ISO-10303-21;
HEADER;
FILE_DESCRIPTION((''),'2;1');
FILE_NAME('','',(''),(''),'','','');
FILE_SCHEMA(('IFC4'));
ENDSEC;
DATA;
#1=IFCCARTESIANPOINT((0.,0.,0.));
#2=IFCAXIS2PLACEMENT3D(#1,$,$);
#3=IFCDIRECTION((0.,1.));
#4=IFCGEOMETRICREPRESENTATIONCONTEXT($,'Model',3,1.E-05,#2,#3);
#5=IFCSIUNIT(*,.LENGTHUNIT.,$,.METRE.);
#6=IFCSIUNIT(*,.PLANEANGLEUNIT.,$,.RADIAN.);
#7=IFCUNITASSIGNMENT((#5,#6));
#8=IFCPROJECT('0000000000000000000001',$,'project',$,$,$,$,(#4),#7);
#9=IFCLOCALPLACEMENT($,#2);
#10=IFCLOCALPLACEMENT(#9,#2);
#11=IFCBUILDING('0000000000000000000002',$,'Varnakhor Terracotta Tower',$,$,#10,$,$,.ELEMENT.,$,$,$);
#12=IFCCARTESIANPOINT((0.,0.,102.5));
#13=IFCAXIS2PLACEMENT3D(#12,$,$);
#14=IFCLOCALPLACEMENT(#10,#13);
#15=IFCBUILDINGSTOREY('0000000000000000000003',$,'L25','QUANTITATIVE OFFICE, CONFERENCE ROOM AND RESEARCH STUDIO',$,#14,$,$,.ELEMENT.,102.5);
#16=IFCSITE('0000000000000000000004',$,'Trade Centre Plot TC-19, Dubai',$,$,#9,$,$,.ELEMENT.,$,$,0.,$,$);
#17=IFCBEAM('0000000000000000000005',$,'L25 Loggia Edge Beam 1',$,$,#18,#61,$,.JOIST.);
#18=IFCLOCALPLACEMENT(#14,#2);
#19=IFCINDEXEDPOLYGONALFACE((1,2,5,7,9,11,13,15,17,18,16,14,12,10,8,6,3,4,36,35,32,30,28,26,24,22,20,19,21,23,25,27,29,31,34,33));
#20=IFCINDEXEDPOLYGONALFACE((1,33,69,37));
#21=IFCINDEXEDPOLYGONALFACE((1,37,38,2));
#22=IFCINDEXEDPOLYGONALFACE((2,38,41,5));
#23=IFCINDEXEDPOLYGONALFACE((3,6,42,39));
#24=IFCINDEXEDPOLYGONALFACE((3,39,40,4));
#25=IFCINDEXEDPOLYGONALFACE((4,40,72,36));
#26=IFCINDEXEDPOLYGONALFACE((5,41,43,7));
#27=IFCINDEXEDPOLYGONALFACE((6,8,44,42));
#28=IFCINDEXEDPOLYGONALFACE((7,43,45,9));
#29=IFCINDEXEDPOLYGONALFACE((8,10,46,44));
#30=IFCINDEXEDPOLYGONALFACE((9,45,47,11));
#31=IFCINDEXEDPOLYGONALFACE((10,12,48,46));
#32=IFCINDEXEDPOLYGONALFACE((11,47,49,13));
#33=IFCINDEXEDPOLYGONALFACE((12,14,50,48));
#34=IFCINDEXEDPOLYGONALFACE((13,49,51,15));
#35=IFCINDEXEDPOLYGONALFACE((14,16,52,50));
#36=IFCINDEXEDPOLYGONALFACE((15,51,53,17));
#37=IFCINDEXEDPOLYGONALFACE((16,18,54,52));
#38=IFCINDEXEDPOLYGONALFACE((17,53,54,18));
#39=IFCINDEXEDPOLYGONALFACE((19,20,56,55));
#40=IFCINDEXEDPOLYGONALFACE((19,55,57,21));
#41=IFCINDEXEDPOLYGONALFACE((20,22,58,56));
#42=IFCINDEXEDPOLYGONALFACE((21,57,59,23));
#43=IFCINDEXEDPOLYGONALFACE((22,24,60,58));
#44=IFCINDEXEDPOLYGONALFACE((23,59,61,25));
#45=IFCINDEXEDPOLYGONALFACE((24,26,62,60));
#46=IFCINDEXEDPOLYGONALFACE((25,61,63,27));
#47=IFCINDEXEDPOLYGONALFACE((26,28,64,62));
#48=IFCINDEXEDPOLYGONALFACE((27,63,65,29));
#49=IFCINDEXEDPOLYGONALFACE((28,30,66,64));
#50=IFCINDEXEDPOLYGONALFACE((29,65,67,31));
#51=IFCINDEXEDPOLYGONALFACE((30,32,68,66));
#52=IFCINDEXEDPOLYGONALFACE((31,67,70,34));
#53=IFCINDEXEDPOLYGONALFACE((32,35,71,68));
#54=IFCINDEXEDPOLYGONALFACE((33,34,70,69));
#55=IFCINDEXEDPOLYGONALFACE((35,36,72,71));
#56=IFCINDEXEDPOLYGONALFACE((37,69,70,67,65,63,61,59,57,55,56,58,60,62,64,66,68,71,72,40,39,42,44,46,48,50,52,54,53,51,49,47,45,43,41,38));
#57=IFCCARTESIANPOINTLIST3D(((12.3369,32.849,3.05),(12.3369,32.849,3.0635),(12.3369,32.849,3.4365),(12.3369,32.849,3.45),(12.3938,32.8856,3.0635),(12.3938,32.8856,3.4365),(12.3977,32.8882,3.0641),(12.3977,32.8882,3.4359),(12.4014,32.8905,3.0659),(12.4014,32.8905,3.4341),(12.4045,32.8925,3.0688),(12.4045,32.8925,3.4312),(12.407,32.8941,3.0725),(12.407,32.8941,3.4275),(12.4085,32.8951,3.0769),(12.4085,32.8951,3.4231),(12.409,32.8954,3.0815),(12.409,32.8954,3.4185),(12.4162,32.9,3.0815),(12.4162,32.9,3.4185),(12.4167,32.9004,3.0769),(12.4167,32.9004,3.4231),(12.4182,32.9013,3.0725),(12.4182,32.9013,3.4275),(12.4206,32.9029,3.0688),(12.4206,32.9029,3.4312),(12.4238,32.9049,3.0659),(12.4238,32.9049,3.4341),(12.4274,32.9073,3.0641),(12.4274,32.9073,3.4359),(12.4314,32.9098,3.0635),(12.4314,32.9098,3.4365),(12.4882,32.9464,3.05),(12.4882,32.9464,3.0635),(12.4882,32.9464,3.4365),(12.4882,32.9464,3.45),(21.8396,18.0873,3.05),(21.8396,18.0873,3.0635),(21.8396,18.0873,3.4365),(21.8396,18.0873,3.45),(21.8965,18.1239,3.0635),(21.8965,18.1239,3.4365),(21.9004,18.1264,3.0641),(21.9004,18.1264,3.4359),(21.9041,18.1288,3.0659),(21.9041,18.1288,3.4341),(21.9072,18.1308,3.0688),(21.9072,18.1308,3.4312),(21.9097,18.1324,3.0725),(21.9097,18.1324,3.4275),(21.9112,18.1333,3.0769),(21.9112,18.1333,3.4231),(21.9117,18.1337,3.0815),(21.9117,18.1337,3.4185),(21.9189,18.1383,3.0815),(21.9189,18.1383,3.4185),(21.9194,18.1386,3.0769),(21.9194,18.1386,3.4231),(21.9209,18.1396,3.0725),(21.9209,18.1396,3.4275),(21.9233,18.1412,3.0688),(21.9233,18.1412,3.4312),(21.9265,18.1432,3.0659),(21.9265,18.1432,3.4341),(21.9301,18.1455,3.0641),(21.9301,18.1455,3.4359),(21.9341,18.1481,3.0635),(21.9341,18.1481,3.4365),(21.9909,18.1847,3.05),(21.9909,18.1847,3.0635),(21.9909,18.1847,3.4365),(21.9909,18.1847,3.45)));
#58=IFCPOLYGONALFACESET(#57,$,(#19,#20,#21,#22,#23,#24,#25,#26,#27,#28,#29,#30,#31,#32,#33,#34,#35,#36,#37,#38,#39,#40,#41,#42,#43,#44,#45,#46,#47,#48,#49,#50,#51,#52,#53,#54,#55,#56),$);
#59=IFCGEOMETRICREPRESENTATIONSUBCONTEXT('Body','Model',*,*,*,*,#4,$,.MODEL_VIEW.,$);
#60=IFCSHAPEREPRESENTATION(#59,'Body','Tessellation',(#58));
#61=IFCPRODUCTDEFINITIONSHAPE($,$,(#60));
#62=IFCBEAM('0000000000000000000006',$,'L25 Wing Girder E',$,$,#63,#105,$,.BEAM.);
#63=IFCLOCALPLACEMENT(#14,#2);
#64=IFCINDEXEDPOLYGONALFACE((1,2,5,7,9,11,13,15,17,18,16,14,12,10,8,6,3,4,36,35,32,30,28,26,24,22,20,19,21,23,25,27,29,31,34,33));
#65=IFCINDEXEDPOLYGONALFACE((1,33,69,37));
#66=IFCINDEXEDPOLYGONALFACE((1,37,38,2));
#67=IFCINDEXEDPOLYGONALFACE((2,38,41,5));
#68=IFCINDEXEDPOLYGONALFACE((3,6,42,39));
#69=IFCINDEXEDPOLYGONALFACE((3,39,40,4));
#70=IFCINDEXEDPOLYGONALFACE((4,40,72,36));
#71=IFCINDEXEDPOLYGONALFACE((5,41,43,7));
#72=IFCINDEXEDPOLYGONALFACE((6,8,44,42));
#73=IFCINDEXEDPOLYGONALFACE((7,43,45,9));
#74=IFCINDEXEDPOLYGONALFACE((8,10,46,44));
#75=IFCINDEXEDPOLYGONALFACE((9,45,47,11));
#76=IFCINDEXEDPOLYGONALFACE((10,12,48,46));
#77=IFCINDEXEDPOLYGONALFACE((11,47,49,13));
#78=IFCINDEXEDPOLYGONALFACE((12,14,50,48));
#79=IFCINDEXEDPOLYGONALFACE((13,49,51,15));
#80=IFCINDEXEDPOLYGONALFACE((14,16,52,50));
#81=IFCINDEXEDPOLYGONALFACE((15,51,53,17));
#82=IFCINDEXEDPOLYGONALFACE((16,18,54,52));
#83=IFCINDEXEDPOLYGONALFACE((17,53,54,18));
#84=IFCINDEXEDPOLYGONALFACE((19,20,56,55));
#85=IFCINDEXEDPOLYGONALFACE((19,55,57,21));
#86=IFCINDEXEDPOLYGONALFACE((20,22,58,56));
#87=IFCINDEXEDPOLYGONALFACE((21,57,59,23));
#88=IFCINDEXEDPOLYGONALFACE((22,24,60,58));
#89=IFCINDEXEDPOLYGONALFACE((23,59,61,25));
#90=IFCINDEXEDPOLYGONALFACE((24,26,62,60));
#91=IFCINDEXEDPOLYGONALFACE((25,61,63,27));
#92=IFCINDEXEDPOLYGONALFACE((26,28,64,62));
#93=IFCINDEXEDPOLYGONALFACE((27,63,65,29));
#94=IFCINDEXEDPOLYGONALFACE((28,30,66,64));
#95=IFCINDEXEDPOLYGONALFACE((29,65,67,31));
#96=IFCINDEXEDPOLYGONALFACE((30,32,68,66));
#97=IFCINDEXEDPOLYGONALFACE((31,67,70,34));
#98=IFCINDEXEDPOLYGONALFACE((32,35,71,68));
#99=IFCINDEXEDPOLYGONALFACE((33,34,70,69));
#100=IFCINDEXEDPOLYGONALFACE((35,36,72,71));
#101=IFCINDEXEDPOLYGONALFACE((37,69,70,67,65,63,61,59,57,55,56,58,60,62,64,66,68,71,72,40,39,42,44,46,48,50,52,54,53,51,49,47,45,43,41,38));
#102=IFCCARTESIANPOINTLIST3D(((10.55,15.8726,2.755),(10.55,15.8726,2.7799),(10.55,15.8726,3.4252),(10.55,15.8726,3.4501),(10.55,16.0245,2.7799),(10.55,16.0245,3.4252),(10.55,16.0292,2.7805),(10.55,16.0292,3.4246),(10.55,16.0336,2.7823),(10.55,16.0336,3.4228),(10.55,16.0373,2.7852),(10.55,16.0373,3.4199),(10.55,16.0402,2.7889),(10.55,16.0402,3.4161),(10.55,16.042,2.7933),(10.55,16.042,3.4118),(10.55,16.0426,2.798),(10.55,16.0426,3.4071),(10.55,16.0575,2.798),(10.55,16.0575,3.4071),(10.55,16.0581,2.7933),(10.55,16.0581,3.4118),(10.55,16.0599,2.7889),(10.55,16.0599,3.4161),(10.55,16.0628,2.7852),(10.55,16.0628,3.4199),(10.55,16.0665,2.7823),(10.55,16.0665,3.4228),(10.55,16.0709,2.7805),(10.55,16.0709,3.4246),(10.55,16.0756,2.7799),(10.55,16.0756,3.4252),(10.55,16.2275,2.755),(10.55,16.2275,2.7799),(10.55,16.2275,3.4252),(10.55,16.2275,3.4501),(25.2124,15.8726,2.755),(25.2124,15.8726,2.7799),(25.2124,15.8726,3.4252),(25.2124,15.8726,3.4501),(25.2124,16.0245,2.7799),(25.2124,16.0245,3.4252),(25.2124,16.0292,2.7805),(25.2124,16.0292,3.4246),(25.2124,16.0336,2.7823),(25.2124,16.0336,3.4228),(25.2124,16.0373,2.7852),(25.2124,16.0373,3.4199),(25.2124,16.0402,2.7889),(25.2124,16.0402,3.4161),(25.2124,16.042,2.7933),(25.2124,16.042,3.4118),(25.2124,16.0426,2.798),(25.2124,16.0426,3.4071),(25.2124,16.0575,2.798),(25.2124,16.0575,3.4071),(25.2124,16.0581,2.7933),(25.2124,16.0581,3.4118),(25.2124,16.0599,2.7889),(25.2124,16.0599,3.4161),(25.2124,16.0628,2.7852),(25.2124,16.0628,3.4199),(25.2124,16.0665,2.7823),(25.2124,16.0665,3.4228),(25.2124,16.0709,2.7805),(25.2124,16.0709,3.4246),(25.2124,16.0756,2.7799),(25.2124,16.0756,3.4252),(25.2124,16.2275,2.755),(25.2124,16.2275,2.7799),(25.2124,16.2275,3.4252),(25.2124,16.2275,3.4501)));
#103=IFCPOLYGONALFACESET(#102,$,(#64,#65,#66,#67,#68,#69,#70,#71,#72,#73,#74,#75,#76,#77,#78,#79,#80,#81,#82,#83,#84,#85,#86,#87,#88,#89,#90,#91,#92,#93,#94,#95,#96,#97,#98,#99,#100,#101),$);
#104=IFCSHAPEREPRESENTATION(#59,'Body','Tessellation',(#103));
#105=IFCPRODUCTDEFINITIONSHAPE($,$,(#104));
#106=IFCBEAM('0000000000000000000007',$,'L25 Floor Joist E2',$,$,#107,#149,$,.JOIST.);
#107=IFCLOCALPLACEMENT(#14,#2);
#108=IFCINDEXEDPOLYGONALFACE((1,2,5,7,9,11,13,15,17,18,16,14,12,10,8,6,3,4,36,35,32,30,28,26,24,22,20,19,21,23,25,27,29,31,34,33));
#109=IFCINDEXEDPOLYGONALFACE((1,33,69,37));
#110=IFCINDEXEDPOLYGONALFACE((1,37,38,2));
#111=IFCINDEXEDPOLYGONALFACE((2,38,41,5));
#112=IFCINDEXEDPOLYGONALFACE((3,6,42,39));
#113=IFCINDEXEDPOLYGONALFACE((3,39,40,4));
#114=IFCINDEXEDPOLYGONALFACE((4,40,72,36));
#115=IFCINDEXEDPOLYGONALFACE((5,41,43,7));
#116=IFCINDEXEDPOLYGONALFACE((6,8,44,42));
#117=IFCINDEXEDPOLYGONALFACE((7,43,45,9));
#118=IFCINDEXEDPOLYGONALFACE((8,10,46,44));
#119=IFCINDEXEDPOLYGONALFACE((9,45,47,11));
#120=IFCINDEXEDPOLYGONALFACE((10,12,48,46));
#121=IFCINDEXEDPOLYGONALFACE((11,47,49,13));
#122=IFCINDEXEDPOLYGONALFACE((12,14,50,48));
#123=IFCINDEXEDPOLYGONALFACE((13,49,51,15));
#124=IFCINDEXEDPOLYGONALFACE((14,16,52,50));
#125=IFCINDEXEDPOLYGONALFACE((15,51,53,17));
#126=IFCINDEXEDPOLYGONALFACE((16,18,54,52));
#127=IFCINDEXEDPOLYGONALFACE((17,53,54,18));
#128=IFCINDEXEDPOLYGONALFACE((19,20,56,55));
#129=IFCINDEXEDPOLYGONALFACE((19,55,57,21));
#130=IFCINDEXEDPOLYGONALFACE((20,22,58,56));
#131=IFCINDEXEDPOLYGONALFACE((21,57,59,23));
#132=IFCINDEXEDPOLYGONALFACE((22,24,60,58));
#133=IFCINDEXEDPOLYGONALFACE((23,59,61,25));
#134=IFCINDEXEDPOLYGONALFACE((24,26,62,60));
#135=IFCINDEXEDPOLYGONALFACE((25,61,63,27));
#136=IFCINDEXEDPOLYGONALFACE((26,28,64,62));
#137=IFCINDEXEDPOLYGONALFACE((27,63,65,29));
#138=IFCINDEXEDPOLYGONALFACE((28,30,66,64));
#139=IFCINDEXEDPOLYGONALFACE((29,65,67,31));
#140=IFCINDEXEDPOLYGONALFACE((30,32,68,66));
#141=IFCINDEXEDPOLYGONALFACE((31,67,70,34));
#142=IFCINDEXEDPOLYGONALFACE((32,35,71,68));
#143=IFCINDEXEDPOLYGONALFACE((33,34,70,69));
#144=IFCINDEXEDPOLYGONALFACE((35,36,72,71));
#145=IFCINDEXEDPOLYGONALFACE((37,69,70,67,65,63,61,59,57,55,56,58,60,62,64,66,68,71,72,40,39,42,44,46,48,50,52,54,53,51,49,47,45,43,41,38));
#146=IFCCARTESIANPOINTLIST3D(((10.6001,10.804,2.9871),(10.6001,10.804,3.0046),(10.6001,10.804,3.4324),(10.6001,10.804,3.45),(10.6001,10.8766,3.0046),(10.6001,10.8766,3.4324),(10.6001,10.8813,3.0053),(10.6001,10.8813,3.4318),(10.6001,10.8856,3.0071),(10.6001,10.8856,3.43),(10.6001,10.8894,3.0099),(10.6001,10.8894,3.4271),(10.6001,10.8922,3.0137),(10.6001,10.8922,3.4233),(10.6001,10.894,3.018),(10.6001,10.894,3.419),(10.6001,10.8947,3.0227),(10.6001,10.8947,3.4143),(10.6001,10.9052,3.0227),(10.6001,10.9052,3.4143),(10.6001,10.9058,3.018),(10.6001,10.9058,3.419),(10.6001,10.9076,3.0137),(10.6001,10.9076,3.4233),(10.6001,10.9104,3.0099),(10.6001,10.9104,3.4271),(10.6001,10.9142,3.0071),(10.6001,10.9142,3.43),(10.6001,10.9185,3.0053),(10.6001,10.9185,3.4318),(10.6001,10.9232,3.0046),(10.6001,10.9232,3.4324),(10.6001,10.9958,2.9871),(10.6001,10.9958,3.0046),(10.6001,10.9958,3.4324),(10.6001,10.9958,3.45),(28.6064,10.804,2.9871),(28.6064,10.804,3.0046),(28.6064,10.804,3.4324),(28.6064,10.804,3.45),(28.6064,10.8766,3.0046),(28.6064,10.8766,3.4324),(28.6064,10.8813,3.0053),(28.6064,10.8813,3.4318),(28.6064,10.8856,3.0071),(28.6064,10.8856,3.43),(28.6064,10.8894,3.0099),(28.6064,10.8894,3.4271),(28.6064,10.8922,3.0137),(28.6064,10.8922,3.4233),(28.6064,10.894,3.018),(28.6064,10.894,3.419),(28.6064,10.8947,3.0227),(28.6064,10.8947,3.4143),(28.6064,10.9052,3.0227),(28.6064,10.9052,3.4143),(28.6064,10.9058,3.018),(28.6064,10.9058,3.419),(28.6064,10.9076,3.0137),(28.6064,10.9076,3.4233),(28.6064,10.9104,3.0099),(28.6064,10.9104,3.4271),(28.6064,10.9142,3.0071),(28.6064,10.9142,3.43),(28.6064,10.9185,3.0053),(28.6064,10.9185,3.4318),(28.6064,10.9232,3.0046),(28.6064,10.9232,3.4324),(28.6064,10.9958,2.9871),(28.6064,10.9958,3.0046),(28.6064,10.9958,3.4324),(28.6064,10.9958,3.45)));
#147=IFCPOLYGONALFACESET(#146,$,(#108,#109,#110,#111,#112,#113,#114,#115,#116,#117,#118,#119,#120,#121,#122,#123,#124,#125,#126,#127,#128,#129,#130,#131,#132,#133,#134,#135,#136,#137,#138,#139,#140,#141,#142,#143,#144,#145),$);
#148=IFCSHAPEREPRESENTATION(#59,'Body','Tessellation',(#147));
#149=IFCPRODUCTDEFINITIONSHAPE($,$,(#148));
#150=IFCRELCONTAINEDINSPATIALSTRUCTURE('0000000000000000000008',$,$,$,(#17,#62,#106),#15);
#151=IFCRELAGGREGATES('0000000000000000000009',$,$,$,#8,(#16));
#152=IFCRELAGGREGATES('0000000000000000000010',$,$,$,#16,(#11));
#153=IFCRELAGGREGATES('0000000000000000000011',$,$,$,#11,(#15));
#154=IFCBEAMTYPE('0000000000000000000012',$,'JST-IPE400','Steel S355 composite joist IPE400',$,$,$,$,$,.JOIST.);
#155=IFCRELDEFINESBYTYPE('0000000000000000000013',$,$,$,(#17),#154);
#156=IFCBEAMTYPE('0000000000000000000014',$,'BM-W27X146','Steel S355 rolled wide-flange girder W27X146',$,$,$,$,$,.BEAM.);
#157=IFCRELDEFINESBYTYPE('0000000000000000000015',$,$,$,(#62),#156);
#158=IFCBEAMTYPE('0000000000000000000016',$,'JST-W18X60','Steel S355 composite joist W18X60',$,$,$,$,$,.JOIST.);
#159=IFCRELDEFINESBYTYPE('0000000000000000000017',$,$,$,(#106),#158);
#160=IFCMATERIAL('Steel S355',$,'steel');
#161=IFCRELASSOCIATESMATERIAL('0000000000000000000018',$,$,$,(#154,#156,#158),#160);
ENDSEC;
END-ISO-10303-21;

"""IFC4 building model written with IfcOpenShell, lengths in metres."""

from ifc_helpers import new_model, si_unit, direction, frame, origin, origin_2d, place, context, subcontext, project, spatial, i_section, extrude, source, transform, mapped, material, material_profile, profile_set, type_object, element, save


model = new_model("IFC4")

# Units and contexts
model_context = context("Model", 3, precision=1e-05, world=origin(), true_north=direction((0.0, 1.0)))
body_context = subcontext(model_context, "Body", "Model", "MODEL_VIEW")
ifc_project = project(units=[si_unit("LENGTHUNIT", "METRE"), si_unit("PLANEANGLEUNIT", "RADIAN")], contexts=[model_context])

# Site, building, storey
site_placement = place(None, origin())
site = spatial("IfcSite", under=ifc_project, at=site_placement, Name="Trade Centre Plot TC-19, Dubai", CompositionType="ELEMENT", RefElevation=0.0)
building_placement = place(site_placement, origin())
building = spatial("IfcBuilding", under=site, at=building_placement, Name="Varnakhor Terracotta Tower", CompositionType="ELEMENT")
storey_placement = place(building_placement, frame((0.0, 0.0, 102.5)))
storey = spatial("IfcBuildingStorey", under=building, at=storey_placement, Name="L25", Description="QUANTITATIVE OFFICE, CONFERENCE ROOM AND RESEARCH STUDIO", CompositionType="ELEMENT", Elevation=102.5)

# Beams
ifc_material_1 = material(Name="Steel S355", Category="steel")
ifc_material_profile_1 = material_profile(ifc_material_1, i_section(OverallWidth=0.1799, OverallDepth=0.3999, WebThickness=0.0085, FlangeThickness=0.0134, FilletRadius=0.0181, at=origin_2d()), Name="IPE400")
ifc_profile_set_1 = profile_set([ifc_material_profile_1], Name="Steel S355")
beam_type_1 = type_object("IfcBeamType", Name="JST-IPE400", Description="Steel S355 composite joist IPE400", PredefinedType="JOIST", material=ifc_profile_set_1)
shared_shape_1 = source(origin(), body_context, "Body", "SweptSolid", [
    extrude(i_section(OverallWidth=0.1799, OverallDepth=0.3999, WebThickness=0.0085, FlangeThickness=0.0134, FilletRadius=0.0181, at=origin_2d()), origin(), (0.0, 0.0, 1.0), 17.5559),
])
beam_1_placement = place(storey_placement, frame((21.9153, 18.136, 3.25), z_axis=(-0.541282, 0.840841, 0.0), x_axis=(-0.840841, -0.541282, 0.0)))
element("IfcBeam", 1, at=beam_1_placement, inside=storey, type_object=beam_type_1, Name="L25 Loggia Edge Beam 1", PredefinedType="JOIST", context=body_context, shape_type="MappedRepresentation", body=[
    mapped(shared_shape_1, transform((0.0, 0.0, 0.0), scale=1.0)),
])
ifc_material_profile_2 = material_profile(ifc_material_1, i_section(OverallWidth=0.355, OverallDepth=0.6951, WebThickness=0.0149, FlangeThickness=0.0249, FilletRadius=0.0181, at=origin_2d()), Name="W27X146")
ifc_profile_set_2 = profile_set([ifc_material_profile_2], Name="Steel S355")
beam_type_2 = type_object("IfcBeamType", Name="BM-W27X146", Description="Steel S355 rolled wide-flange girder W27X146", PredefinedType="BEAM", material=ifc_profile_set_2)
shared_shape_2 = source(origin(), body_context, "Body", "SweptSolid", [
    extrude(i_section(OverallWidth=0.355, OverallDepth=0.6951, WebThickness=0.0149, FlangeThickness=0.0249, FilletRadius=0.0181, at=origin_2d()), origin(), (0.0, 0.0, 1.0), 14.6624),
])
beam_2_placement = place(storey_placement, frame((10.55, 16.05, 3.1025), z_axis=(1.0, 0.0, 0.0), x_axis=(0.0, 1.0, 0.0)))
element("IfcBeam", 2, at=beam_2_placement, inside=storey, type_object=beam_type_2, Name="L25 Wing Girder E", PredefinedType="BEAM", context=body_context, shape_type="MappedRepresentation", body=[
    mapped(shared_shape_2, transform((0.0, 0.0, 0.0), scale=1.0)),
])
ifc_material_profile_3 = material_profile(ifc_material_1, i_section(OverallWidth=0.1919, OverallDepth=0.4629, WebThickness=0.0105, FlangeThickness=0.0176, FilletRadius=0.0181, at=origin_2d()), Name="W18X60")
ifc_profile_set_3 = profile_set([ifc_material_profile_3], Name="Steel S355")
beam_type_3 = type_object("IfcBeamType", Name="JST-W18X60", Description="Steel S355 composite joist W18X60", PredefinedType="JOIST", material=ifc_profile_set_3)
shared_shape_3 = source(origin(), body_context, "Body", "SweptSolid", [
    extrude(i_section(OverallWidth=0.1919, OverallDepth=0.4629, WebThickness=0.0105, FlangeThickness=0.0176, FilletRadius=0.0181, at=origin_2d()), origin(), (0.0, 0.0, 1.0), 18.0063),
])
beam_3_placement = place(storey_placement, frame((10.6001, 10.8999, 3.2185), z_axis=(1.0, 0.0, 0.0), x_axis=(0.0, 1.0, 0.0)))
element("IfcBeam", 3, at=beam_3_placement, inside=storey, type_object=beam_type_3, Name="L25 Floor Joist E2", PredefinedType="JOIST", context=body_context, shape_type="MappedRepresentation", body=[
    mapped(shared_shape_3, transform((0.0, 0.0, 0.0), scale=1.0)),
])

save(model, "model.ifc")
